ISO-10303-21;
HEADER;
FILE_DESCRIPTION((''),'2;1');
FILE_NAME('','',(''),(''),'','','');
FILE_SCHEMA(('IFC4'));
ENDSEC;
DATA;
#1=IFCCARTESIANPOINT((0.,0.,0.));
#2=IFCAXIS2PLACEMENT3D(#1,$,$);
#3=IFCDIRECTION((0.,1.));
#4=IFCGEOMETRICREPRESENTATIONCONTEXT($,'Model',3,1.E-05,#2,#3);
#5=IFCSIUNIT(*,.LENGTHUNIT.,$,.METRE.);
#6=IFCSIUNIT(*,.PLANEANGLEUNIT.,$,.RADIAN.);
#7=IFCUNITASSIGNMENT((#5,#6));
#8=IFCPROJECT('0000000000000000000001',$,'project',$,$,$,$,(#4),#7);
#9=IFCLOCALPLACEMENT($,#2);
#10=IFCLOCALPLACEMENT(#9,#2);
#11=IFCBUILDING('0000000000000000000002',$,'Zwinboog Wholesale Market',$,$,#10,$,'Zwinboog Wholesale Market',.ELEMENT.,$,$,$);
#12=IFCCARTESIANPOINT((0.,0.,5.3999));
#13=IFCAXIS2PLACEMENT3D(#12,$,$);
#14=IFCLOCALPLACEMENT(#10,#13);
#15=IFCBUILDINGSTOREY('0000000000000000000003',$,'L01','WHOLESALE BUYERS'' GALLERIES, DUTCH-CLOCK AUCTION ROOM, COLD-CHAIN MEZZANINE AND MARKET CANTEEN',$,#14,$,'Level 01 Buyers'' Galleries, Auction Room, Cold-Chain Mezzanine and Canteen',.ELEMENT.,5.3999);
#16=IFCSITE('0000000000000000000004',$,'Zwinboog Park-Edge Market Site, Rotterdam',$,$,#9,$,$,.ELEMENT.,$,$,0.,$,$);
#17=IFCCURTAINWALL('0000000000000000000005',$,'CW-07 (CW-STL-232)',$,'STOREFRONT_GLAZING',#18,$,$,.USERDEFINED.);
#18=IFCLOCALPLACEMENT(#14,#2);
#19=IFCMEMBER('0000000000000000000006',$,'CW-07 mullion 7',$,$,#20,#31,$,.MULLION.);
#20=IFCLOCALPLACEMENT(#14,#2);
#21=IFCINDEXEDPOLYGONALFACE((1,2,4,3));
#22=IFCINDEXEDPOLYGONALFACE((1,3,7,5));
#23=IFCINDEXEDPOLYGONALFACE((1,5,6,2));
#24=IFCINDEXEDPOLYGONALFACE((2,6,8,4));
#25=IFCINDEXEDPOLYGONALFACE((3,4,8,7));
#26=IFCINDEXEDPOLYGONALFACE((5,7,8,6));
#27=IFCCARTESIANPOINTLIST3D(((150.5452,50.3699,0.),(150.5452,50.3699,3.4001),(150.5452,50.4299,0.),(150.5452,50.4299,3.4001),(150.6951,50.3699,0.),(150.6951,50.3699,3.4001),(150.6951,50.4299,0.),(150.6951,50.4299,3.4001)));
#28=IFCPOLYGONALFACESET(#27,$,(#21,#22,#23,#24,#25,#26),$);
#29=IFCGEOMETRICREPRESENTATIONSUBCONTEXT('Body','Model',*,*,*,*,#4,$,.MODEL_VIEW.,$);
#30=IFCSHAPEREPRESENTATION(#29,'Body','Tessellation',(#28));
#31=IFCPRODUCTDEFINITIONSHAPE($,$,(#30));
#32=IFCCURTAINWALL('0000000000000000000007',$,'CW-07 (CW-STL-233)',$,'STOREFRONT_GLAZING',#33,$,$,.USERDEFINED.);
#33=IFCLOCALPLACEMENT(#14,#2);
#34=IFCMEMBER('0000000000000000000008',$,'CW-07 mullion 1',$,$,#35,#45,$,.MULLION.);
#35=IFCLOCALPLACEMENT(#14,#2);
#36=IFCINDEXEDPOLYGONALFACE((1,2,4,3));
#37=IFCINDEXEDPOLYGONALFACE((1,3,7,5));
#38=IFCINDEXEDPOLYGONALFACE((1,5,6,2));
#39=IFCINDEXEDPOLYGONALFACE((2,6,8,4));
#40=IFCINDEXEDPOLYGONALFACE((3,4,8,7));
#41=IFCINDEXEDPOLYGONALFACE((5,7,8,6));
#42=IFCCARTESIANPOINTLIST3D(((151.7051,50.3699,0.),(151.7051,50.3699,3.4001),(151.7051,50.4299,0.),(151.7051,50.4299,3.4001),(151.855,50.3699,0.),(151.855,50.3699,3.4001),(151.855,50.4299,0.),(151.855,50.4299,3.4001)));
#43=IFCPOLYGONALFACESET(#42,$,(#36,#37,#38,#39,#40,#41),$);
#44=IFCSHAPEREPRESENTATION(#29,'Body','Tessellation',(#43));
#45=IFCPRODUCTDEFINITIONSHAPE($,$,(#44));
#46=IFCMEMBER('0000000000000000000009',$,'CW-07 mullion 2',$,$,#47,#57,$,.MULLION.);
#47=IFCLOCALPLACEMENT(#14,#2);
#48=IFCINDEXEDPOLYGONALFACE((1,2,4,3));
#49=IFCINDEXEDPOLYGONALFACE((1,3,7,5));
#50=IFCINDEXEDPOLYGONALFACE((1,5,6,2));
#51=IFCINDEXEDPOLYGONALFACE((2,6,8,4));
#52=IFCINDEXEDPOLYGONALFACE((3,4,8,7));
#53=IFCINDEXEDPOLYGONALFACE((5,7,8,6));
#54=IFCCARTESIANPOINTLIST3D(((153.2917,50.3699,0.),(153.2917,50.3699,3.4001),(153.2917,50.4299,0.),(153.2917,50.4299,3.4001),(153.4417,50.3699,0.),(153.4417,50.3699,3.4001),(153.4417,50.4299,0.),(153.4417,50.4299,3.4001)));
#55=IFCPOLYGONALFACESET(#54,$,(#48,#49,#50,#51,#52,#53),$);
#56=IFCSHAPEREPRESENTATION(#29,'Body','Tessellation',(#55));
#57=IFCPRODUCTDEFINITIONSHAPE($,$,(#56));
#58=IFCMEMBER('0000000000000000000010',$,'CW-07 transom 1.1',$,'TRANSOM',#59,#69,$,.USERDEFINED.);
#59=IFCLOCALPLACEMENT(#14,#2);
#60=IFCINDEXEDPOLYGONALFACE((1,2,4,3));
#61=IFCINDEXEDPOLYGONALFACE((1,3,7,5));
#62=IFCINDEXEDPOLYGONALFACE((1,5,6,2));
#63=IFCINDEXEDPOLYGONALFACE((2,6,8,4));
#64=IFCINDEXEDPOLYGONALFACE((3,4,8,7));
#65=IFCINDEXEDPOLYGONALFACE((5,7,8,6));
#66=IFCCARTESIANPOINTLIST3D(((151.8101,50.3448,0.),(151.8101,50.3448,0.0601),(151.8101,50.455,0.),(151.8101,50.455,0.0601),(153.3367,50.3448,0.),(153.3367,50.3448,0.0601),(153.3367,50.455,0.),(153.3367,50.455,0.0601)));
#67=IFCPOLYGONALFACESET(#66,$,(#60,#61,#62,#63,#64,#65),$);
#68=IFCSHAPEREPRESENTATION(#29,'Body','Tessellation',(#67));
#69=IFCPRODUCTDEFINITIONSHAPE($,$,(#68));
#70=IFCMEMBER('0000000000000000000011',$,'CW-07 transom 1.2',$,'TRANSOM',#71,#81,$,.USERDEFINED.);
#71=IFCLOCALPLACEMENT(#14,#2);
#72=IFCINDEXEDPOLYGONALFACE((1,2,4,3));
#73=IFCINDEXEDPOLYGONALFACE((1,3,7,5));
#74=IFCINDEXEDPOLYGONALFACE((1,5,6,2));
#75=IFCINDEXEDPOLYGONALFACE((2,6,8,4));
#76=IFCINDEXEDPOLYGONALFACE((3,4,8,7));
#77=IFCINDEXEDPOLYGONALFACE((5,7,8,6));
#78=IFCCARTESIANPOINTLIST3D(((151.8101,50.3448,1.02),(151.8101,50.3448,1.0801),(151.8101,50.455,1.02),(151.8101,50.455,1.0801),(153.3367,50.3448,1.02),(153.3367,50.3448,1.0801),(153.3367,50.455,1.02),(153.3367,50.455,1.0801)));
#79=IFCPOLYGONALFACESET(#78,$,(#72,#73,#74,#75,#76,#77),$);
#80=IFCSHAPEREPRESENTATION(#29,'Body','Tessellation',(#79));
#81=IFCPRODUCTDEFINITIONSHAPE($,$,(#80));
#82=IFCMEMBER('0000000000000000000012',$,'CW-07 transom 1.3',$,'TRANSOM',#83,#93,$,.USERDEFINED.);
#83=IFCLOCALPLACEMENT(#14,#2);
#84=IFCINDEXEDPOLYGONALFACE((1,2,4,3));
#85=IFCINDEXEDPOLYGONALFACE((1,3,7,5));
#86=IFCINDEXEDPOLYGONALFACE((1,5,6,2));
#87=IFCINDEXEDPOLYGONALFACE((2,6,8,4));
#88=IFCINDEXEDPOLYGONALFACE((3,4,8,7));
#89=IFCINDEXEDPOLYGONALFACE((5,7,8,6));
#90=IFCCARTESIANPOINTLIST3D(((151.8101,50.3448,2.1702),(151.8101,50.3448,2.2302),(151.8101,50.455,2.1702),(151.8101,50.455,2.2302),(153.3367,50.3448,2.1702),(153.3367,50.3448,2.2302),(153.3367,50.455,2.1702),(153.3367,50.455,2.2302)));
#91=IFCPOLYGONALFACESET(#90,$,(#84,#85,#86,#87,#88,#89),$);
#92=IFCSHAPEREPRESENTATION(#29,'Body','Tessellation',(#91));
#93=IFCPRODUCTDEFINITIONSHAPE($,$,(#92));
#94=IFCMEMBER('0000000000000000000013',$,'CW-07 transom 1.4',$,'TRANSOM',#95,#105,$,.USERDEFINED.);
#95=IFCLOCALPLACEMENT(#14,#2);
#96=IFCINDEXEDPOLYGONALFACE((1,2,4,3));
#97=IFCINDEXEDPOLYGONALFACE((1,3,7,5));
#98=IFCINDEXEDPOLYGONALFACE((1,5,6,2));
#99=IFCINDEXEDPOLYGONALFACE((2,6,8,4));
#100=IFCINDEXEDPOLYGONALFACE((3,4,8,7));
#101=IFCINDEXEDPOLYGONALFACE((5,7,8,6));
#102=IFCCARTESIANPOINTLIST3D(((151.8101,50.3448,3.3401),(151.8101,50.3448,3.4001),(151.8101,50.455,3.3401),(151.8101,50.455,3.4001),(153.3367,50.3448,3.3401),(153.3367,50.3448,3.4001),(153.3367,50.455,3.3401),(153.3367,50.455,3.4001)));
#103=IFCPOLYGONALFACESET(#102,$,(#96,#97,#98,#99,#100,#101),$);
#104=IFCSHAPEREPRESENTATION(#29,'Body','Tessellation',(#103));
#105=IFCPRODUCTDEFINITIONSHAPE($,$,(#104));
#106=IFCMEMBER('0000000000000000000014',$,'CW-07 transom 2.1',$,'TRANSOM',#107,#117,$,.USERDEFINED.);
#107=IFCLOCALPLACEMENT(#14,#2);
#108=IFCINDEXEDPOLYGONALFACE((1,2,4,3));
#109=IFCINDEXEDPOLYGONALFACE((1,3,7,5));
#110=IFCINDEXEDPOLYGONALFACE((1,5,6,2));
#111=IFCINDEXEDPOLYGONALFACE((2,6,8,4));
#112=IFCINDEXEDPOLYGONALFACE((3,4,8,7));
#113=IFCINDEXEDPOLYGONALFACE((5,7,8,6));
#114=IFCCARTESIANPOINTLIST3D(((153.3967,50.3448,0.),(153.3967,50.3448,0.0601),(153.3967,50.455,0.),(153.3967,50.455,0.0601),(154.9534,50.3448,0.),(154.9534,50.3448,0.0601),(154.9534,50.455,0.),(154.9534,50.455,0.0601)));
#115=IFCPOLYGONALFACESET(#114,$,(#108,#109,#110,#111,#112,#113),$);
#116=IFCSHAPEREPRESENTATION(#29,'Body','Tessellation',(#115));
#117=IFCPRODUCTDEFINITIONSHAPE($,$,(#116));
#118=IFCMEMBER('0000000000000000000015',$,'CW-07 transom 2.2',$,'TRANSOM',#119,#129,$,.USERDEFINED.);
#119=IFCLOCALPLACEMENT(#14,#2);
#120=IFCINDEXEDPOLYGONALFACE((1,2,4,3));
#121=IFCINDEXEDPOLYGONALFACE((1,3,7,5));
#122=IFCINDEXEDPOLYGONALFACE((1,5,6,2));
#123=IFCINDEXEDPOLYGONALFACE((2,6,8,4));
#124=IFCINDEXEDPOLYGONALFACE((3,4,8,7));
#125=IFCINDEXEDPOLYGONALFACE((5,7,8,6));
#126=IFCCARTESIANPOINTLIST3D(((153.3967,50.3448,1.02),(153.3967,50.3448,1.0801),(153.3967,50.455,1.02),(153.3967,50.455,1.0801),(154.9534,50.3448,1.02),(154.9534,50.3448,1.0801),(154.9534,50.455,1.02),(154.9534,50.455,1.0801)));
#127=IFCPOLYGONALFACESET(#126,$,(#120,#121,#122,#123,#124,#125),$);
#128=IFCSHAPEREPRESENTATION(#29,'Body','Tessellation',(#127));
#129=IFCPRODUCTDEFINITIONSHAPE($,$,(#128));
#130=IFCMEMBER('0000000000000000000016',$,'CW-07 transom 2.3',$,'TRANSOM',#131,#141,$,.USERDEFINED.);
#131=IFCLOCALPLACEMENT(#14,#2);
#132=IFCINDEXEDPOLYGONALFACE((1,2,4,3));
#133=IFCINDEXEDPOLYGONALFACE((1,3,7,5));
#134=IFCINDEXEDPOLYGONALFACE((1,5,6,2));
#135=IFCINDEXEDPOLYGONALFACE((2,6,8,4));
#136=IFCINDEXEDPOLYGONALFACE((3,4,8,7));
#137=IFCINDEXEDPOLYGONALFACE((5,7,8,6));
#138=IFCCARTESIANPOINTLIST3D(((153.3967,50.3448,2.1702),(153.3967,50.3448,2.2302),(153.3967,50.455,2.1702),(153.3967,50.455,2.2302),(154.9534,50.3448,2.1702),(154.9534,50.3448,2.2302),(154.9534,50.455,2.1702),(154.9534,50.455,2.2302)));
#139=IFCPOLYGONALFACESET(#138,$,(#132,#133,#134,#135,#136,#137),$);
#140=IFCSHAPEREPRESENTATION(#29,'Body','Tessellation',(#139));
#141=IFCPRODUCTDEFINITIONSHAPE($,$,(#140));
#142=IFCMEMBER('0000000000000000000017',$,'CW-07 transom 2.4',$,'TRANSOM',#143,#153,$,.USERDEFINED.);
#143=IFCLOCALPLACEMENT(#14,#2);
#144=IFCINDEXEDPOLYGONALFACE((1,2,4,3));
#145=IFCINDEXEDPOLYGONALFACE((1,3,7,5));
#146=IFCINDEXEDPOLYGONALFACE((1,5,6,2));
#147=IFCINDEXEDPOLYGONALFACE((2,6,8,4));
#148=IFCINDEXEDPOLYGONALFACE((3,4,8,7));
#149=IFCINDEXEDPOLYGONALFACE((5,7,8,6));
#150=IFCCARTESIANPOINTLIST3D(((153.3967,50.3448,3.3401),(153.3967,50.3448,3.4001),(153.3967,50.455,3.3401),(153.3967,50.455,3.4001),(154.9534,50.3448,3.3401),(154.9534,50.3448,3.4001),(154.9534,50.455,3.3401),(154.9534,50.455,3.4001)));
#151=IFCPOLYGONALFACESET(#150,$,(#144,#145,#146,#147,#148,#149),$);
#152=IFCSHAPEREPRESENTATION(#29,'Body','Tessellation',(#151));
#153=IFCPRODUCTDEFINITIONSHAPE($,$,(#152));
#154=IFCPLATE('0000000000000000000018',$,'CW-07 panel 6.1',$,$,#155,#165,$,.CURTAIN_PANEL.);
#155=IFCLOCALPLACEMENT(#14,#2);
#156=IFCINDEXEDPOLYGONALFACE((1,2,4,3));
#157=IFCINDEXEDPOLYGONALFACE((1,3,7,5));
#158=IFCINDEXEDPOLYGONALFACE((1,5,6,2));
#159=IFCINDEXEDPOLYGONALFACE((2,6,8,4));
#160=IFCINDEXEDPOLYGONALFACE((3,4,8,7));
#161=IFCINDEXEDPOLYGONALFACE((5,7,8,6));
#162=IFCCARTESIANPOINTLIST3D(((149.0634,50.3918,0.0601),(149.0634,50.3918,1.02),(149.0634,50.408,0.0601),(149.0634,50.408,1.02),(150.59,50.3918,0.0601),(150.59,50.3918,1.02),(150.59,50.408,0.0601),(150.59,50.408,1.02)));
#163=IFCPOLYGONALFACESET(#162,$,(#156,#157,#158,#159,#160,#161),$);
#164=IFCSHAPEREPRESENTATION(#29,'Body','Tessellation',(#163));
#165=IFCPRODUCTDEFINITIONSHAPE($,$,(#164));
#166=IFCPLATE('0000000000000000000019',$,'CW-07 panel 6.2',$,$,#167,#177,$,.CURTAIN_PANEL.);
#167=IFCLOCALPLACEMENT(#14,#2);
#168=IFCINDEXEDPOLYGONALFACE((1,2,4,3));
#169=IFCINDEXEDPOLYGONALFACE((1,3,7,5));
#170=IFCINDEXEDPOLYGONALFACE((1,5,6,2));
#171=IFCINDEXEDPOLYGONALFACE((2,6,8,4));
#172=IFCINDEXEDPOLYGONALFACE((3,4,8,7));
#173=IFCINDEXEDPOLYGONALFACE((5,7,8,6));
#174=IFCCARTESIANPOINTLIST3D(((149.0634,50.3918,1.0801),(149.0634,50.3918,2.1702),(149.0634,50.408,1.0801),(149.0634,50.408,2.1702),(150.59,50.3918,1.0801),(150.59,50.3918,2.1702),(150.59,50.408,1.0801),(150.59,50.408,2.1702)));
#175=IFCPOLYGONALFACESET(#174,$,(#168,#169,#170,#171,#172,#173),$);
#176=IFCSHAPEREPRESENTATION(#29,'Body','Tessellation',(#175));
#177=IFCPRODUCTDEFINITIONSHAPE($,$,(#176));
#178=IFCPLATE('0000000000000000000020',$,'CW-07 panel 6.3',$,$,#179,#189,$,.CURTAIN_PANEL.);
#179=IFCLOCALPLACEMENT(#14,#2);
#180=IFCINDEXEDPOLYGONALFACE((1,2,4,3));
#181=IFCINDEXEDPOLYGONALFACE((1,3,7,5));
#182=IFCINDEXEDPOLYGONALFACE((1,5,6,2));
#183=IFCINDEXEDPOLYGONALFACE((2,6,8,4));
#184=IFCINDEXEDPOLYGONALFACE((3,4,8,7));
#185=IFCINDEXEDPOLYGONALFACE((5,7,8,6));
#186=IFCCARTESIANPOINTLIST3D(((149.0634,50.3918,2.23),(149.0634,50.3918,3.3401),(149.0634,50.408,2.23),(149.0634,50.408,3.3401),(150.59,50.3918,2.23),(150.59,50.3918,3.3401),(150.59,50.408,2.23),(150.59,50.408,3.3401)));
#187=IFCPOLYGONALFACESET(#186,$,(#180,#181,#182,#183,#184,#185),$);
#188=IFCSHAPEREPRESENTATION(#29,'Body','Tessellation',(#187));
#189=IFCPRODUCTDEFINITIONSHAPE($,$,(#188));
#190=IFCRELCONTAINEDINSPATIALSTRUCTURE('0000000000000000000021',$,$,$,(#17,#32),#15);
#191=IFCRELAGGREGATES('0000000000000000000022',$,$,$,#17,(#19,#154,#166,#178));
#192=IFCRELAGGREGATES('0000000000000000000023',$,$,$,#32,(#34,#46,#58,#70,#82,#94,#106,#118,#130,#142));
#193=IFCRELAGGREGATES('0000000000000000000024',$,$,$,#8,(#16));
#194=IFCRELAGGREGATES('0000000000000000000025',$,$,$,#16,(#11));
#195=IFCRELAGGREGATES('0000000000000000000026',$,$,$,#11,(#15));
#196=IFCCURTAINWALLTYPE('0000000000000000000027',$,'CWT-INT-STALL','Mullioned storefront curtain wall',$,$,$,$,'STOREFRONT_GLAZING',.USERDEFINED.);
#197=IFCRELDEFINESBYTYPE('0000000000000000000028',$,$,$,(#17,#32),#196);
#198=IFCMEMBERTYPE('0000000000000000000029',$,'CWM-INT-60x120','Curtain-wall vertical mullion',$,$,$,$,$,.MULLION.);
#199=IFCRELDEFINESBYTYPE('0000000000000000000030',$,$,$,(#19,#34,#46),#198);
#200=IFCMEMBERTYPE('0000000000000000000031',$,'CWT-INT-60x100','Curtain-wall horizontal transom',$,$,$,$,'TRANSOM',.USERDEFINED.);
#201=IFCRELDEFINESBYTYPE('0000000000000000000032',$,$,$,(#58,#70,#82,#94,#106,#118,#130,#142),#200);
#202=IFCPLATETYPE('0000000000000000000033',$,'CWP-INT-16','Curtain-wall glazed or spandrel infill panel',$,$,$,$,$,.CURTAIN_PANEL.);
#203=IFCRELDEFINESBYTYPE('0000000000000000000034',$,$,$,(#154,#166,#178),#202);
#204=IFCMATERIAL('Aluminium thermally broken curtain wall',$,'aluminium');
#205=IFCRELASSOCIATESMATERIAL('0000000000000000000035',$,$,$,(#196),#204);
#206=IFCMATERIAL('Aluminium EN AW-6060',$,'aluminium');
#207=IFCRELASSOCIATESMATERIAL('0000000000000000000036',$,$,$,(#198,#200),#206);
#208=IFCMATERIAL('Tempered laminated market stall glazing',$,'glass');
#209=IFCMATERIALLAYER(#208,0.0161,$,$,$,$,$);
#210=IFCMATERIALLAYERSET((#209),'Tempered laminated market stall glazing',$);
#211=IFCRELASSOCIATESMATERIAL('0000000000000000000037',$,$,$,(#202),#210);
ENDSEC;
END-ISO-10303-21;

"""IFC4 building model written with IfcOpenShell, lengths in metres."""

from ifc_helpers import new_model, si_unit, direction, frame, origin, origin_2d, place, context, subcontext, project, spatial, rectangle, extrude, material, layer, layer_set, material_profile, profile_set, type_object, element, aggregate, save


model = new_model("IFC4")

# Units and contexts
model_context = context("Model", 3, precision=1e-05, world=origin(), true_north=direction((0.0, 1.0)))
body_context = subcontext(model_context, "Body", "Model", "MODEL_VIEW")
ifc_project = project(units=[si_unit("LENGTHUNIT", "METRE"), si_unit("PLANEANGLEUNIT", "RADIAN")], contexts=[model_context])

# Site, building, storey
site_placement = place(None, origin())
site = spatial("IfcSite", under=ifc_project, at=site_placement, Name="Zwinboog Park-Edge Market Site, Rotterdam", CompositionType="ELEMENT", RefElevation=0.0)
building_placement = place(site_placement, origin())
building = spatial("IfcBuilding", under=site, at=building_placement, Name="Zwinboog Wholesale Market", LongName="Zwinboog Wholesale Market", CompositionType="ELEMENT")
storey_placement = place(building_placement, frame((0.0, 0.0, 5.3999)))
storey = spatial("IfcBuildingStorey", under=building, at=storey_placement, Name="L01", Description="WHOLESALE BUYERS' GALLERIES, DUTCH-CLOCK AUCTION ROOM, COLD-CHAIN MEZZANINE AND MARKET CANTEEN", LongName="Level 01 Buyers' Galleries, Auction Room, Cold-Chain Mezzanine and Canteen", CompositionType="ELEMENT", Elevation=5.3999)

# Curtain wall, member
ifc_material_1 = material(Name="Aluminium thermally broken curtain wall", Category="aluminium")
curtain_wall_type = type_object("IfcCurtainWallType", Name="CWT-INT-STALL", Description="Mullioned storefront curtain wall", ElementType="STOREFRONT_GLAZING", PredefinedType="USERDEFINED", material=ifc_material_1)
curtain_wall_1_placement = place(storey_placement, origin())
curtain_wall_1 = element("IfcCurtainWall", 1, at=curtain_wall_1_placement, inside=storey, type_object=curtain_wall_type, Name="CW-07 (CW-STL-232)", ObjectType="STOREFRONT_GLAZING", PredefinedType="USERDEFINED")
ifc_material_2 = material(Name="Aluminium EN AW-6060", Category="aluminium")
ifc_material_profile_1 = material_profile(ifc_material_2, rectangle(XDim=0.0601, YDim=0.1499, at=origin_2d()), Name="AL 60x150")
ifc_profile_set_1 = profile_set([ifc_material_profile_1], Name="Aluminium EN AW-6060")
member_type_1 = type_object("IfcMemberType", Name="CWM-INT-60x120", Description="Curtain-wall vertical mullion", PredefinedType="MULLION", material=ifc_profile_set_1)
member_1_placement = place(storey_placement, frame((150.6201, 50.3999, 0.0), z_axis=(0.0, 0.0, 1.0), x_axis=(0.0, 1.0, 0.0)))
member_1 = element("IfcMember", 2, at=member_1_placement, type_object=member_type_1, Name="CW-07 mullion 7", PredefinedType="MULLION", context=body_context, shape_type="SweptSolid", body=[
    extrude(rectangle(XDim=0.0601, YDim=0.1499, at=origin_2d()), origin(), (0.0, 0.0, 1.0), 3.4001),
])

# Curtain wall, members
curtain_wall_2_placement = place(storey_placement, origin())
curtain_wall_2 = element("IfcCurtainWall", 3, at=curtain_wall_2_placement, inside=storey, type_object=curtain_wall_type, Name="CW-07 (CW-STL-233)", ObjectType="STOREFRONT_GLAZING", PredefinedType="USERDEFINED")
member_2_placement = place(storey_placement, frame((151.78, 50.3999, 0.0), z_axis=(0.0, 0.0, 1.0), x_axis=(0.0, 1.0, 0.0)))
member_2 = element("IfcMember", 4, at=member_2_placement, type_object=member_type_1, Name="CW-07 mullion 1", PredefinedType="MULLION", context=body_context, shape_type="SweptSolid", body=[
    extrude(rectangle(XDim=0.0601, YDim=0.1499, at=origin_2d()), origin(), (0.0, 0.0, 1.0), 3.4001),
])
member_3_placement = place(storey_placement, frame((153.3667, 50.3999, 0.0), z_axis=(0.0, 0.0, 1.0), x_axis=(0.0, 1.0, 0.0)))
member_3 = element("IfcMember", 5, at=member_3_placement, type_object=member_type_1, Name="CW-07 mullion 2", PredefinedType="MULLION", context=body_context, shape_type="SweptSolid", body=[
    extrude(rectangle(XDim=0.0601, YDim=0.1499, at=origin_2d()), origin(), (0.0, 0.0, 1.0), 3.4001),
])
ifc_material_profile_2 = material_profile(ifc_material_2, rectangle(XDim=0.1101, YDim=0.0601, at=origin_2d()), Name="AL 60x110")
ifc_profile_set_2 = profile_set([ifc_material_profile_2], Name="Aluminium EN AW-6060")
member_type_2 = type_object("IfcMemberType", Name="CWT-INT-60x100", Description="Curtain-wall horizontal transom", ElementType="TRANSOM", PredefinedType="USERDEFINED", material=ifc_profile_set_2)
member_4_placement = place(storey_placement, frame((151.8101, 50.3999, 0.03), z_axis=(1.0, 0.0, 0.0), x_axis=(0.0, 1.0, 0.0)))
member_4 = element("IfcMember", 6, at=member_4_placement, type_object=member_type_2, Name="CW-07 transom 1.1", ObjectType="TRANSOM", PredefinedType="USERDEFINED", context=body_context, shape_type="SweptSolid", body=[
    extrude(rectangle(XDim=0.1101, YDim=0.0601, at=origin_2d()), origin(), (0.0, 0.0, 1.0), 1.5266),
])
member_5_placement = place(storey_placement, frame((151.8101, 50.3999, 1.05), z_axis=(1.0, 0.0, 0.0), x_axis=(0.0, 1.0, 0.0)))
member_5 = element("IfcMember", 7, at=member_5_placement, type_object=member_type_2, Name="CW-07 transom 1.2", ObjectType="TRANSOM", PredefinedType="USERDEFINED", context=body_context, shape_type="SweptSolid", body=[
    extrude(rectangle(XDim=0.1101, YDim=0.0601, at=origin_2d()), origin(), (0.0, 0.0, 1.0), 1.5266),
])
member_6_placement = place(storey_placement, frame((151.8101, 50.3999, 2.2002), z_axis=(1.0, 0.0, 0.0), x_axis=(0.0, 1.0, 0.0)))
member_6 = element("IfcMember", 8, at=member_6_placement, type_object=member_type_2, Name="CW-07 transom 1.3", ObjectType="TRANSOM", PredefinedType="USERDEFINED", context=body_context, shape_type="SweptSolid", body=[
    extrude(rectangle(XDim=0.1101, YDim=0.0601, at=origin_2d()), origin(), (0.0, 0.0, 1.0), 1.5266),
])
member_7_placement = place(storey_placement, frame((151.8101, 50.3999, 3.3701), z_axis=(1.0, 0.0, 0.0), x_axis=(0.0, 1.0, 0.0)))
member_7 = element("IfcMember", 9, at=member_7_placement, type_object=member_type_2, Name="CW-07 transom 1.4", ObjectType="TRANSOM", PredefinedType="USERDEFINED", context=body_context, shape_type="SweptSolid", body=[
    extrude(rectangle(XDim=0.1101, YDim=0.0601, at=origin_2d()), origin(), (0.0, 0.0, 1.0), 1.5266),
])
member_8_placement = place(storey_placement, frame((153.3967, 50.3999, 0.03), z_axis=(1.0, 0.0, 0.0), x_axis=(0.0, 1.0, 0.0)))
member_8 = element("IfcMember", 10, at=member_8_placement, type_object=member_type_2, Name="CW-07 transom 2.1", ObjectType="TRANSOM", PredefinedType="USERDEFINED", context=body_context, shape_type="SweptSolid", body=[
    extrude(rectangle(XDim=0.1101, YDim=0.0601, at=origin_2d()), origin(), (0.0, 0.0, 1.0), 1.5566),
])
member_9_placement = place(storey_placement, frame((153.3967, 50.3999, 1.05), z_axis=(1.0, 0.0, 0.0), x_axis=(0.0, 1.0, 0.0)))
member_9 = element("IfcMember", 11, at=member_9_placement, type_object=member_type_2, Name="CW-07 transom 2.2", ObjectType="TRANSOM", PredefinedType="USERDEFINED", context=body_context, shape_type="SweptSolid", body=[
    extrude(rectangle(XDim=0.1101, YDim=0.0601, at=origin_2d()), origin(), (0.0, 0.0, 1.0), 1.5566),
])
member_10_placement = place(storey_placement, frame((153.3967, 50.3999, 2.2002), z_axis=(1.0, 0.0, 0.0), x_axis=(0.0, 1.0, 0.0)))
member_10 = element("IfcMember", 12, at=member_10_placement, type_object=member_type_2, Name="CW-07 transom 2.3", ObjectType="TRANSOM", PredefinedType="USERDEFINED", context=body_context, shape_type="SweptSolid", body=[
    extrude(rectangle(XDim=0.1101, YDim=0.0601, at=origin_2d()), origin(), (0.0, 0.0, 1.0), 1.5566),
])
member_11_placement = place(storey_placement, frame((153.3967, 50.3999, 3.3701), z_axis=(1.0, 0.0, 0.0), x_axis=(0.0, 1.0, 0.0)))
member_11 = element("IfcMember", 13, at=member_11_placement, type_object=member_type_2, Name="CW-07 transom 2.4", ObjectType="TRANSOM", PredefinedType="USERDEFINED", context=body_context, shape_type="SweptSolid", body=[
    extrude(rectangle(XDim=0.1101, YDim=0.0601, at=origin_2d()), origin(), (0.0, 0.0, 1.0), 1.5566),
])

# Plates
ifc_material_3 = material(Name="Tempered laminated market stall glazing", Category="glass")
ifc_layer = layer(ifc_material_3, 0.0161)
ifc_layer_set = layer_set([ifc_layer], Name="Tempered laminated market stall glazing")
plate_type = type_object("IfcPlateType", Name="CWP-INT-16", Description="Curtain-wall glazed or spandrel infill panel", PredefinedType="CURTAIN_PANEL", material=ifc_layer_set)
plate_1_placement = place(storey_placement, frame((149.8267, 50.3999, 0.0601), z_axis=(0.0, 0.0, 1.0), x_axis=(1.0, 0.0, 0.0)))
plate_1 = element("IfcPlate", 14, at=plate_1_placement, type_object=plate_type, Name="CW-07 panel 6.1", PredefinedType="CURTAIN_PANEL", context=body_context, shape_type="SweptSolid", body=[
    extrude(rectangle(XDim=1.5266, YDim=0.0161, at=origin_2d()), origin(), (0.0, 0.0, 1.0), 0.96),
])
plate_2_placement = place(storey_placement, frame((149.8267, 50.3999, 1.0801), z_axis=(0.0, 0.0, 1.0), x_axis=(1.0, 0.0, 0.0)))
plate_2 = element("IfcPlate", 15, at=plate_2_placement, type_object=plate_type, Name="CW-07 panel 6.2", PredefinedType="CURTAIN_PANEL", context=body_context, shape_type="SweptSolid", body=[
    extrude(rectangle(XDim=1.5266, YDim=0.0161, at=origin_2d()), origin(), (0.0, 0.0, 1.0), 1.0901),
])
plate_3_placement = place(storey_placement, frame((149.8267, 50.3999, 2.23), z_axis=(0.0, 0.0, 1.0), x_axis=(1.0, 0.0, 0.0)))
plate_3 = element("IfcPlate", 16, at=plate_3_placement, type_object=plate_type, Name="CW-07 panel 6.3", PredefinedType="CURTAIN_PANEL", context=body_context, shape_type="SweptSolid", body=[
    extrude(rectangle(XDim=1.5266, YDim=0.0161, at=origin_2d()), origin(), (0.0, 0.0, 1.0), 1.1101),
])
aggregate(curtain_wall_1, [member_1, plate_1, plate_2, plate_3])
aggregate(curtain_wall_2, [member_2, member_3, member_4, member_5, member_6, member_7, member_8, member_9, member_10, member_11])

save(model, "model.ifc")
